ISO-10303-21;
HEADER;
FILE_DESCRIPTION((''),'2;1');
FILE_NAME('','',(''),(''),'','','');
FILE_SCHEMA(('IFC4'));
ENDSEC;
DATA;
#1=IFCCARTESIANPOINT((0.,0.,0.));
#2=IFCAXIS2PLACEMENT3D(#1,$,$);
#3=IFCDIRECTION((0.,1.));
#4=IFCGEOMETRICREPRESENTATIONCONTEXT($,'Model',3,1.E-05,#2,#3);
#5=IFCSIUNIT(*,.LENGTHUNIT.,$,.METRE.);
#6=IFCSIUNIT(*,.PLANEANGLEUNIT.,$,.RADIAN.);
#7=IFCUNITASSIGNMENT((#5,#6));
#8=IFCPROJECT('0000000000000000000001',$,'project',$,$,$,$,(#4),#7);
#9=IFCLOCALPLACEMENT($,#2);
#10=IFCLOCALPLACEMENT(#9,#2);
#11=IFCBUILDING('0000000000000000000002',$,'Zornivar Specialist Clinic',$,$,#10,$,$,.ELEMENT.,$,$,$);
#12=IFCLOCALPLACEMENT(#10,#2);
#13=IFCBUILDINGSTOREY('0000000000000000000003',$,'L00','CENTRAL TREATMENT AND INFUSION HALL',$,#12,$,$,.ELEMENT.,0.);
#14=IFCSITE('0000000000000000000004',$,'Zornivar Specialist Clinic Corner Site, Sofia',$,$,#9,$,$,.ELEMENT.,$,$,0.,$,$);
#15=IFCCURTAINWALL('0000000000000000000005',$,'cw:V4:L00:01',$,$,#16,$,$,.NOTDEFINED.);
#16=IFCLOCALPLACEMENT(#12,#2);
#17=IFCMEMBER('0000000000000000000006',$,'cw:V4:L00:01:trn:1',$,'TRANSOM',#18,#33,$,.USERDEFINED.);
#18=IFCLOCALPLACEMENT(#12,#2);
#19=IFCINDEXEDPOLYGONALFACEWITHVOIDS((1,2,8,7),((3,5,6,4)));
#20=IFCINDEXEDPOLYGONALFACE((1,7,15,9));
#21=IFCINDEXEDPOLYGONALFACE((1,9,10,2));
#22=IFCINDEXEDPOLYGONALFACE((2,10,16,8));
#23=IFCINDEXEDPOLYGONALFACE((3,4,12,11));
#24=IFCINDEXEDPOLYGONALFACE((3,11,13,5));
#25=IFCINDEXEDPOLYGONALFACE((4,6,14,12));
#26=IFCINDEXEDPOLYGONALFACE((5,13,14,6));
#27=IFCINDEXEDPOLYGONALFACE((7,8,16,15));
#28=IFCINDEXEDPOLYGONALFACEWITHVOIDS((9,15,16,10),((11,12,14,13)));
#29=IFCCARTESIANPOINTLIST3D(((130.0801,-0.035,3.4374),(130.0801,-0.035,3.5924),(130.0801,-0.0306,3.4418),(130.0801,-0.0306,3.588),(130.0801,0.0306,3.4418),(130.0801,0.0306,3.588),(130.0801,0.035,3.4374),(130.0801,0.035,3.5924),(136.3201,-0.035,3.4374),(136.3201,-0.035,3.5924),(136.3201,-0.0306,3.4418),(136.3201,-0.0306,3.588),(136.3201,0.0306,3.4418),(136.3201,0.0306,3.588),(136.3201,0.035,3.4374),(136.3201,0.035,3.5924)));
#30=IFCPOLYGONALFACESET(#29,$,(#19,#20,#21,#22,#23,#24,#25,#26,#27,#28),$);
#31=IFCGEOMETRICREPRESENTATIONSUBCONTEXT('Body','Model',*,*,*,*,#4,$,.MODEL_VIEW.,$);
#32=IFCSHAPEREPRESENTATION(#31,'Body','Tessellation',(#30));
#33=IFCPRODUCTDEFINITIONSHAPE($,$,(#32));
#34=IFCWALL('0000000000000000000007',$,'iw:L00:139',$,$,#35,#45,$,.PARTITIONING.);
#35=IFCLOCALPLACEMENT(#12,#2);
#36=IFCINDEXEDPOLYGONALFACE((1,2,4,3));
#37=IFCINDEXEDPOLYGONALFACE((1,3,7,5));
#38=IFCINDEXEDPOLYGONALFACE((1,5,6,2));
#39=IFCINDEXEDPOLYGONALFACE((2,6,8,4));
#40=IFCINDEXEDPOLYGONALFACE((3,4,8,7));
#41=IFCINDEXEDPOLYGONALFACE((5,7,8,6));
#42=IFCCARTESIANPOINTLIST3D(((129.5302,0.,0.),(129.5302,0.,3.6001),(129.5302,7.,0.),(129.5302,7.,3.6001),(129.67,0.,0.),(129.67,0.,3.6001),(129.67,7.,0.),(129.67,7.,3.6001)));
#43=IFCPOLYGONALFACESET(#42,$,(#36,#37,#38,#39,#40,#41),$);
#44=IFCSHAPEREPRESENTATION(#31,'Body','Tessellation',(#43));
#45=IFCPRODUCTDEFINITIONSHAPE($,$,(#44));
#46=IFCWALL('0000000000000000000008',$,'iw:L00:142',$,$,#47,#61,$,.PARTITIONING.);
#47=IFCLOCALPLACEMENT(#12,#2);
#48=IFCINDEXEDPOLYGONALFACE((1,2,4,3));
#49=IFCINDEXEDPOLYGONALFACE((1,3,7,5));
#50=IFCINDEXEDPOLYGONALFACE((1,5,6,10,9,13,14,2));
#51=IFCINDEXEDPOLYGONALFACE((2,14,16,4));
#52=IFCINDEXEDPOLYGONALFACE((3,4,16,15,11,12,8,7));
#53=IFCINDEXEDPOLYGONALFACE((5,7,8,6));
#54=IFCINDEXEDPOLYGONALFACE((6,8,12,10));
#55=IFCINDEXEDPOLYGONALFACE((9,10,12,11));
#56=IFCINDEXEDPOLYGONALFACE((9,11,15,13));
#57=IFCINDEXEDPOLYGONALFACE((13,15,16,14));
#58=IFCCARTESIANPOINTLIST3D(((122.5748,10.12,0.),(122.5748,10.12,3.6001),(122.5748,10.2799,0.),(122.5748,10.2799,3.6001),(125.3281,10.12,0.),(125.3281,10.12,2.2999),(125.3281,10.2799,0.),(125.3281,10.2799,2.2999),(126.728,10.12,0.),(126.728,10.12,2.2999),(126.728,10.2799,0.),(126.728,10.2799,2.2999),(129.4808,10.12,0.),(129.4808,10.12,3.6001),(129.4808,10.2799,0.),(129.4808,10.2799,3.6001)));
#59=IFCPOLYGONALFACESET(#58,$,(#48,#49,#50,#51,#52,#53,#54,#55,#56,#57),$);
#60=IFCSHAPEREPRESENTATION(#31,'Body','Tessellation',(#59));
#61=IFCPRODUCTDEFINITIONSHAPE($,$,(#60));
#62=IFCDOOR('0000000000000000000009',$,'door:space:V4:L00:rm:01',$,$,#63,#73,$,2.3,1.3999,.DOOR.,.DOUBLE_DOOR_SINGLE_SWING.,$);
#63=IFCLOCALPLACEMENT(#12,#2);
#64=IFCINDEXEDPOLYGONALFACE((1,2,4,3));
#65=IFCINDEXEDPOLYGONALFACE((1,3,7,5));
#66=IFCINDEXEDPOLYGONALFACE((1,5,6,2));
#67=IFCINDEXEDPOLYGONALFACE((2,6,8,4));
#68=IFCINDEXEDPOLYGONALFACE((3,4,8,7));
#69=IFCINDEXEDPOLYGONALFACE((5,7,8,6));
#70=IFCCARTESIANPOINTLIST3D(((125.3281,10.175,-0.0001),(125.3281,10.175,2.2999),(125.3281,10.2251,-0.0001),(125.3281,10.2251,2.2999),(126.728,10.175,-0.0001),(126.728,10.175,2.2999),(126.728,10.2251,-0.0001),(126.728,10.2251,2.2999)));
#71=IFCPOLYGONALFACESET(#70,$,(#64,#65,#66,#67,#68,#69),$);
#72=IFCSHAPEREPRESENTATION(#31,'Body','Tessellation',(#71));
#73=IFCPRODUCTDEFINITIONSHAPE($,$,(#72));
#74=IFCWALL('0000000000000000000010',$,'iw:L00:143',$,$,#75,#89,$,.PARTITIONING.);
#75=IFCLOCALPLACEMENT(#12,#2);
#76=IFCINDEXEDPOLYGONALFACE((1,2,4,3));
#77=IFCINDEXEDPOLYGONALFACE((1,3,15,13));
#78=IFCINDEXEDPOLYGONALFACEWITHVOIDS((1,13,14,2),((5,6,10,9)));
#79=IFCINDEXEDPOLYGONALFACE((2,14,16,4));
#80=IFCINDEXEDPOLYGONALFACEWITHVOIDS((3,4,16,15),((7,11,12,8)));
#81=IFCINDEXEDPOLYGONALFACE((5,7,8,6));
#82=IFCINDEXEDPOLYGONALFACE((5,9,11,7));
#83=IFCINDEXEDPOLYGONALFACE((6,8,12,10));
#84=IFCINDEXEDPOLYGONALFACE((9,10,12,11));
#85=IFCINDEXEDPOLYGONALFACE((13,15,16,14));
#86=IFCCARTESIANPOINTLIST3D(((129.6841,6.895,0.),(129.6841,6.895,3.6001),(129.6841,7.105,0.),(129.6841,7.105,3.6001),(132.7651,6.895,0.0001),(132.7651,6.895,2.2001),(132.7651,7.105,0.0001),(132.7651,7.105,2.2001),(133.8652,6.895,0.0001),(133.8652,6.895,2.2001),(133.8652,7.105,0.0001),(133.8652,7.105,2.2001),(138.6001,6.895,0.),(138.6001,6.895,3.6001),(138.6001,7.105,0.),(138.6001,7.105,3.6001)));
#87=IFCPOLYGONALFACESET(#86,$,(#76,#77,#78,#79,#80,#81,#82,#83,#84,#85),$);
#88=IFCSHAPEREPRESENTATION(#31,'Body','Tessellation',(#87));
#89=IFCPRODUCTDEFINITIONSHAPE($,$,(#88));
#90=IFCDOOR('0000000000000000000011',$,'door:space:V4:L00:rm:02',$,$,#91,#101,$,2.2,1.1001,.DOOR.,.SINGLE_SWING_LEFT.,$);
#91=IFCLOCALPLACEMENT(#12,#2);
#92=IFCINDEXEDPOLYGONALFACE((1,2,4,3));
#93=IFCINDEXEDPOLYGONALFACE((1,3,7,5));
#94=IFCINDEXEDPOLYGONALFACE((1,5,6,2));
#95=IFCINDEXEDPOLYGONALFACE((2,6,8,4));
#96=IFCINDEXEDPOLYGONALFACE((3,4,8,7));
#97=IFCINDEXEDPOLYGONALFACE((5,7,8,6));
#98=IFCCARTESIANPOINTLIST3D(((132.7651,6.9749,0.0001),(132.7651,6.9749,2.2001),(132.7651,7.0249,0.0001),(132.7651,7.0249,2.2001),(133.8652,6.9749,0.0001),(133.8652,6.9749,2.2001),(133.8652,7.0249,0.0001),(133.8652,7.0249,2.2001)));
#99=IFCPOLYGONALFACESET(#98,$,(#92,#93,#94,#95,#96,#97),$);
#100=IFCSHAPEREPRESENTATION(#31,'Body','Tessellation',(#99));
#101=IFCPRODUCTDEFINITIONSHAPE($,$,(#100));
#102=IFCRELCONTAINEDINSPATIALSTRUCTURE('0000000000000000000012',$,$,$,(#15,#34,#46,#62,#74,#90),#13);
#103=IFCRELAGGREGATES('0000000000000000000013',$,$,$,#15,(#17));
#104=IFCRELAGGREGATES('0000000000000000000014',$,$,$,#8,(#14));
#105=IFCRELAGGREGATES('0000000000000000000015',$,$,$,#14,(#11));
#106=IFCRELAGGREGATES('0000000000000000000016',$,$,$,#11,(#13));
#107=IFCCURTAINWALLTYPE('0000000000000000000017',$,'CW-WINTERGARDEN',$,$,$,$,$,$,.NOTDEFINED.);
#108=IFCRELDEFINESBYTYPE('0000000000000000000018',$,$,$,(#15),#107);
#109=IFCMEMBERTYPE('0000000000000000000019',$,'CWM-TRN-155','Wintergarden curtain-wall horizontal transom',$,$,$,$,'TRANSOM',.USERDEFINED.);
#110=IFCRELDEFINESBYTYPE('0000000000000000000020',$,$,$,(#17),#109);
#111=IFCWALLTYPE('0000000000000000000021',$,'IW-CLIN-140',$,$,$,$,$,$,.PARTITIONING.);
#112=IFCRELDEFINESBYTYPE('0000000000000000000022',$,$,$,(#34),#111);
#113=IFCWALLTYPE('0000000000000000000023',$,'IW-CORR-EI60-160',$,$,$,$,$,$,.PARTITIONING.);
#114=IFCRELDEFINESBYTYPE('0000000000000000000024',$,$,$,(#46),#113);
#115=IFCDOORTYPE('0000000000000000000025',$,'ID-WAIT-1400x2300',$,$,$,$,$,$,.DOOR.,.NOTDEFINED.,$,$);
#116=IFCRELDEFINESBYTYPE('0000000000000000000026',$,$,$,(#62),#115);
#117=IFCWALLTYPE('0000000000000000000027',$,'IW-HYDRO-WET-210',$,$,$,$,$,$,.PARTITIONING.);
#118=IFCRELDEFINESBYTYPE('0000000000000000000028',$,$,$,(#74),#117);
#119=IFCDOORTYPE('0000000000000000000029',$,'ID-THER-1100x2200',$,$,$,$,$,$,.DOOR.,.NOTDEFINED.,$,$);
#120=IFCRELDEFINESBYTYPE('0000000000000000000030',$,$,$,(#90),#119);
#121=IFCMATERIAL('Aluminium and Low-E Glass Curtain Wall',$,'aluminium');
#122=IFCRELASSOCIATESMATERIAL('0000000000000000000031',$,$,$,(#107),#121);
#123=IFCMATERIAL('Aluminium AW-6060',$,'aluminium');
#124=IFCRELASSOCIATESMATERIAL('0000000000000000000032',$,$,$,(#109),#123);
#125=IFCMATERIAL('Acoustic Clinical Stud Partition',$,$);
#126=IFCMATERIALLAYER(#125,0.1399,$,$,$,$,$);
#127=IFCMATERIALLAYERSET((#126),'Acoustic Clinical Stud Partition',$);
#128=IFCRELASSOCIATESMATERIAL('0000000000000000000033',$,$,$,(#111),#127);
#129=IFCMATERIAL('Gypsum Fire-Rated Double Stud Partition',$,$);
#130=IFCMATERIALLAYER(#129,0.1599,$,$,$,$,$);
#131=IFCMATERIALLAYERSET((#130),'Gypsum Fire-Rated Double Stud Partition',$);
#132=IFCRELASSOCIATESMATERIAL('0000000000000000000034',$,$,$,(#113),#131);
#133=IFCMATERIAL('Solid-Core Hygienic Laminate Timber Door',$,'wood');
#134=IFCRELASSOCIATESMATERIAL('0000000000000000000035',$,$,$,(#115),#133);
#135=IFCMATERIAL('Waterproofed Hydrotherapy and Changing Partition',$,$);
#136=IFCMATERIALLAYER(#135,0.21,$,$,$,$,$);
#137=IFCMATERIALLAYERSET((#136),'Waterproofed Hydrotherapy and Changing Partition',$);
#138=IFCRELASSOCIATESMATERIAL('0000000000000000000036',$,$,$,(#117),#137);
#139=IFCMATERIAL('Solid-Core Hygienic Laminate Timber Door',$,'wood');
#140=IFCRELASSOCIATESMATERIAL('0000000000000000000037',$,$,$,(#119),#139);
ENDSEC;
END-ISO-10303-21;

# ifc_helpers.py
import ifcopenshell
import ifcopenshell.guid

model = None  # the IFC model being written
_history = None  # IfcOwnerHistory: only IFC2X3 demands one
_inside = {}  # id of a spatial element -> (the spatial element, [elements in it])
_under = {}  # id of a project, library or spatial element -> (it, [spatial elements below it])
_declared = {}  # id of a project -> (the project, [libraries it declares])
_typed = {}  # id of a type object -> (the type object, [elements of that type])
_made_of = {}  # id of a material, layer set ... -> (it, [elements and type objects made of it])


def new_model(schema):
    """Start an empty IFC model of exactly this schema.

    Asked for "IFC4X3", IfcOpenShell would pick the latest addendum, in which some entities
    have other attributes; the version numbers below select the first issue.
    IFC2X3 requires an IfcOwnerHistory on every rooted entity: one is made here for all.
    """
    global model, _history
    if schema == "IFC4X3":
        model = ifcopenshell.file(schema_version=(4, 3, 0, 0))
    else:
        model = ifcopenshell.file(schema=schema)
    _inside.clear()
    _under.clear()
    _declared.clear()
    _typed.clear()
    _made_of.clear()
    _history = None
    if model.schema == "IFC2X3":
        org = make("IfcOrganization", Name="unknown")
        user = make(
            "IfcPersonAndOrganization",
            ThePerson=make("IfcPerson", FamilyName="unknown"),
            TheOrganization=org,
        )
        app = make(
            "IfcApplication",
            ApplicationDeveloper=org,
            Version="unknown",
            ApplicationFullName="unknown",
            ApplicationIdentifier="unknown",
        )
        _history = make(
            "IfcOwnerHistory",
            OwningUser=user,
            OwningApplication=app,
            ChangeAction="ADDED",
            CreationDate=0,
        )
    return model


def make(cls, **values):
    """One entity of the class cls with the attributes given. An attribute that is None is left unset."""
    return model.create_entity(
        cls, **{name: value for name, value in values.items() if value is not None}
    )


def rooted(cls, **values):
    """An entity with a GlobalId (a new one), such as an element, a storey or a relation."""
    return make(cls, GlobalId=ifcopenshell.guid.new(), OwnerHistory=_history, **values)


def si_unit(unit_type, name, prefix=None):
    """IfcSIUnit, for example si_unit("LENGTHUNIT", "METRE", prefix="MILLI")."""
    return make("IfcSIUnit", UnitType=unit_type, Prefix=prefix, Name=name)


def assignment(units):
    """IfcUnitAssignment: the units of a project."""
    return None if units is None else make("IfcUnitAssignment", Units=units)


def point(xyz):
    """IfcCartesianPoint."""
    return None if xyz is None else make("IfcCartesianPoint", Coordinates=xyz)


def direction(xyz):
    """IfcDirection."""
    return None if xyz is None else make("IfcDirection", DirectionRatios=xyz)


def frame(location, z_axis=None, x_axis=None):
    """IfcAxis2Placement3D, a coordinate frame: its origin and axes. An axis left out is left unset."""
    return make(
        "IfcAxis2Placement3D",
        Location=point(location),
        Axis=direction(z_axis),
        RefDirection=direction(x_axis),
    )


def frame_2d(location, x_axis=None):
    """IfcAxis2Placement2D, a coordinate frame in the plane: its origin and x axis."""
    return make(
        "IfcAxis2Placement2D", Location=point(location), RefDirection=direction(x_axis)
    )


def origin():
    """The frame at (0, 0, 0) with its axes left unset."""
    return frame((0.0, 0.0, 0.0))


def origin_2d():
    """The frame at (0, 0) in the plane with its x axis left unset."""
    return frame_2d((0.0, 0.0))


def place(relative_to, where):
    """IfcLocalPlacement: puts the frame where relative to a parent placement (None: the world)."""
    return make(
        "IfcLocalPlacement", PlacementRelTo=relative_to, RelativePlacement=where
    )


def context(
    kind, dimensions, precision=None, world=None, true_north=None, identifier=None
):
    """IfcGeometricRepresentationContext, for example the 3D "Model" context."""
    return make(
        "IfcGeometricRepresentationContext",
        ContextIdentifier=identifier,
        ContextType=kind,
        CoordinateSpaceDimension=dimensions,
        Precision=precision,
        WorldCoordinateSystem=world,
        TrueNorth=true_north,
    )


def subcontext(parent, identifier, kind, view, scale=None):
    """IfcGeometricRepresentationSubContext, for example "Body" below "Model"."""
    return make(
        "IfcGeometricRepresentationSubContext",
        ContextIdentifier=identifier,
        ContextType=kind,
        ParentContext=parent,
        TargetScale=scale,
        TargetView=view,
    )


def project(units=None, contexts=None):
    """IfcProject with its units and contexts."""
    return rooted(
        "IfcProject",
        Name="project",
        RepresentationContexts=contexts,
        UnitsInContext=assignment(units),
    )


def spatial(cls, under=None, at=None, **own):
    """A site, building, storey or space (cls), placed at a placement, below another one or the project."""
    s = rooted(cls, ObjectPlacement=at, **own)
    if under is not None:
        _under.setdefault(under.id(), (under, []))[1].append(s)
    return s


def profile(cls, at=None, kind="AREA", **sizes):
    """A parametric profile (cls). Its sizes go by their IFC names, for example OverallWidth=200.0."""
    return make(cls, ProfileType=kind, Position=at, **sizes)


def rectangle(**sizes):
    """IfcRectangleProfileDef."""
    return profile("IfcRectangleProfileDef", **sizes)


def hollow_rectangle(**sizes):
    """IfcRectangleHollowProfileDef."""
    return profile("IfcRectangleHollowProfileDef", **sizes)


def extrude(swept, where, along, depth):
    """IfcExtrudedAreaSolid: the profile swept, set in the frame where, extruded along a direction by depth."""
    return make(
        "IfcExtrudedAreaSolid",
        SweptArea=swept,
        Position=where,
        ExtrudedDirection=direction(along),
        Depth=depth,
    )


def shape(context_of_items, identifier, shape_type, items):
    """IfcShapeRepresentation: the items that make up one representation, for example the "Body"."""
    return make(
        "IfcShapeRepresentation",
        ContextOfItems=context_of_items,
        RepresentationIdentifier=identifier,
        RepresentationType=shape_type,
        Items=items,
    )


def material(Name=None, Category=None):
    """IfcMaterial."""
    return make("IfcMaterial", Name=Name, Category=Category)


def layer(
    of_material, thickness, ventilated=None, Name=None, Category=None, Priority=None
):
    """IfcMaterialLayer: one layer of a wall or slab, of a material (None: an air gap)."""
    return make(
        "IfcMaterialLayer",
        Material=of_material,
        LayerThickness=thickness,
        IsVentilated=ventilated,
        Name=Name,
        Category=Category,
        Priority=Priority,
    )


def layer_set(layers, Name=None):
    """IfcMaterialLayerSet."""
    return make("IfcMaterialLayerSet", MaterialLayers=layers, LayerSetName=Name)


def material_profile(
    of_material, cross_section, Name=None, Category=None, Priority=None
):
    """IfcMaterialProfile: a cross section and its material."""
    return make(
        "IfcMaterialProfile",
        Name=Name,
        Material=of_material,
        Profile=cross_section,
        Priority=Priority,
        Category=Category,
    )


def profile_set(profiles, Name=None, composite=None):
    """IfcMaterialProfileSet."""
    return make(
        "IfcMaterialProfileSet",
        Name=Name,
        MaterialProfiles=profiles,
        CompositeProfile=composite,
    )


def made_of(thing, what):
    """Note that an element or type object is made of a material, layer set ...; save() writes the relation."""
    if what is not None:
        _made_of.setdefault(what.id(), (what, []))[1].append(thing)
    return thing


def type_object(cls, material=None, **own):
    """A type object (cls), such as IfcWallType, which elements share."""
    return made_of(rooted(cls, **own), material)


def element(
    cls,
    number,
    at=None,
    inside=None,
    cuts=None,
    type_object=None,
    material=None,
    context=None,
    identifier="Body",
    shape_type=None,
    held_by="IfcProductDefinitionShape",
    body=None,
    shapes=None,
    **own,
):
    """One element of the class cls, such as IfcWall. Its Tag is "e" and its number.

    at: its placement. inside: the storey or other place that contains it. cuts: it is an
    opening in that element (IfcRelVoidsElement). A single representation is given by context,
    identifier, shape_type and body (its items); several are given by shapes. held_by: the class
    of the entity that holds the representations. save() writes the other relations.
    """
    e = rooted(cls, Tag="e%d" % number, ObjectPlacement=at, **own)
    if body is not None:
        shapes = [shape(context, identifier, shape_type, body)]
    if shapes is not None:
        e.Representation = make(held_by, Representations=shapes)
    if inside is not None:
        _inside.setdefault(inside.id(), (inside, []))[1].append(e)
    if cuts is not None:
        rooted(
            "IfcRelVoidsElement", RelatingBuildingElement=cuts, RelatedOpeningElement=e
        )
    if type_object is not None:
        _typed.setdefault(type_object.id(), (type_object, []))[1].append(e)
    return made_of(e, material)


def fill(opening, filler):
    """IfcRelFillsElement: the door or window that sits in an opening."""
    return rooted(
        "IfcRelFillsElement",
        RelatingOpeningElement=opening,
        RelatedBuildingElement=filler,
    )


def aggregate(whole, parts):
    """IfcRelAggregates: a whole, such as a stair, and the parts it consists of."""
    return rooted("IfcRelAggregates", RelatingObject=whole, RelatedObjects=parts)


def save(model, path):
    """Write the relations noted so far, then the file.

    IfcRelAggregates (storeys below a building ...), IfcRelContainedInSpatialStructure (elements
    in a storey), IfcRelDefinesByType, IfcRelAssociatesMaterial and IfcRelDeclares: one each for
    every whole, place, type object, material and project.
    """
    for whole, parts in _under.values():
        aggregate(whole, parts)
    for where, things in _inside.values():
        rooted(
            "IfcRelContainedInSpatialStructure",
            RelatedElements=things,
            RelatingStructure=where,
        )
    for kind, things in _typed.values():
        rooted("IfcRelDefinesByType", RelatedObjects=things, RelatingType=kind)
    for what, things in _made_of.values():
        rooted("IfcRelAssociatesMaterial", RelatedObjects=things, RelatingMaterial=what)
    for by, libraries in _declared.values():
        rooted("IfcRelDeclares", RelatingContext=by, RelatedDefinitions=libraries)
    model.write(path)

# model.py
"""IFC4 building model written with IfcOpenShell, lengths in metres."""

from ifc_helpers import new_model, si_unit, direction, frame, frame_2d, origin, origin_2d, place, context, subcontext, project, spatial, rectangle, hollow_rectangle, extrude, material, layer, layer_set, material_profile, profile_set, type_object, element, fill, aggregate, save


model = new_model("IFC4")

# Units and contexts
model_context = context("Model", 3, precision=1e-05, world=origin(), true_north=direction((0.0, 1.0)))
body_context = subcontext(model_context, "Body", "Model", "MODEL_VIEW")
ifc_project = project(units=[si_unit("LENGTHUNIT", "METRE"), si_unit("PLANEANGLEUNIT", "RADIAN")], contexts=[model_context])

# Site, building, storey
site_placement = place(None, origin())
site = spatial("IfcSite", under=ifc_project, at=site_placement, Name="Zornivar Specialist Clinic Corner Site, Sofia", CompositionType="ELEMENT", RefElevation=0.0)
building_placement = place(site_placement, origin())
building = spatial("IfcBuilding", under=site, at=building_placement, Name="Zornivar Specialist Clinic", CompositionType="ELEMENT")
storey_placement = place(building_placement, origin())
storey = spatial("IfcBuildingStorey", under=building, at=storey_placement, Name="L00", Description="CENTRAL TREATMENT AND INFUSION HALL", CompositionType="ELEMENT", Elevation=0.0)

# Curtain wall, member
ifc_material_1 = material(Name="Aluminium and Low-E Glass Curtain Wall", Category="aluminium")
curtain_wall_type = type_object("IfcCurtainWallType", Name="CW-WINTERGARDEN", PredefinedType="NOTDEFINED", material=ifc_material_1)
curtain_wall_placement = place(storey_placement, origin())
curtain_wall = element("IfcCurtainWall", 1, at=curtain_wall_placement, inside=storey, type_object=curtain_wall_type, Name="cw:V4:L00:01", PredefinedType="NOTDEFINED")
ifc_material_2 = material(Name="Aluminium AW-6060", Category="aluminium")
ifc_material_profile_1 = material_profile(ifc_material_2, hollow_rectangle(XDim=0.0701, YDim=0.155, WallThickness=0.0044, at=origin_2d()), Name="ALU 70x155x4.5")
ifc_profile_set_1 = profile_set([ifc_material_profile_1], Name="Aluminium AW-6060")
member_type = type_object("IfcMemberType", Name="CWM-TRN-155", Description="Wintergarden curtain-wall horizontal transom", ElementType="TRANSOM", PredefinedType="USERDEFINED", material=ifc_profile_set_1)
member_placement = place(storey_placement, frame((130.0801, 0.0, 3.5149), z_axis=(1.0, 0.0, 0.0), x_axis=(0.0, 1.0, 0.0)))
member = element("IfcMember", 2, at=member_placement, type_object=member_type, Name="cw:V4:L00:01:trn:1", ObjectType="TRANSOM", PredefinedType="USERDEFINED", context=body_context, shape_type="SweptSolid", body=[
    extrude(hollow_rectangle(XDim=0.0701, YDim=0.155, WallThickness=0.0044, at=origin_2d()), origin(), (0.0, 0.0, 1.0), 6.24),
])
aggregate(curtain_wall, [member])

# Wall
ifc_material_3 = material(Name="Acoustic Clinical Stud Partition")
ifc_layer_1 = layer(ifc_material_3, 0.1399)
ifc_layer_set_1 = layer_set([ifc_layer_1], Name="Acoustic Clinical Stud Partition")
wall_type_1 = type_object("IfcWallType", Name="IW-CLIN-140", PredefinedType="PARTITIONING", material=ifc_layer_set_1)
wall_1_placement = place(storey_placement, frame((129.6001, 7.0, 0.0), z_axis=(0.0, 0.0, 1.0), x_axis=(0.0, -1.0, 0.0)))
element("IfcWall", 3, at=wall_1_placement, inside=storey, type_object=wall_type_1, Name="iw:L00:139", PredefinedType="PARTITIONING", context=body_context, shape_type="SweptSolid", body=[
    extrude(rectangle(XDim=7.0, YDim=0.1399, at=frame_2d((3.5, 0.0))), origin(), (0.0, 0.0, 1.0), 3.6001),
])

# Walls, openings, doors
ifc_material_4 = material(Name="Gypsum Fire-Rated Double Stud Partition")
ifc_layer_2 = layer(ifc_material_4, 0.1599)
ifc_layer_set_2 = layer_set([ifc_layer_2], Name="Gypsum Fire-Rated Double Stud Partition")
wall_type_2 = type_object("IfcWallType", Name="IW-CORR-EI60-160", PredefinedType="PARTITIONING", material=ifc_layer_set_2)
wall_2_placement = place(storey_placement, frame((129.481, 10.2, 0.0), z_axis=(0.0, 0.0, 1.0), x_axis=(-1.0, 0.0, 0.0)))
wall_2 = element("IfcWall", 4, at=wall_2_placement, inside=storey, type_object=wall_type_2, Name="iw:L00:142", PredefinedType="PARTITIONING", context=body_context, shape_type="SweptSolid", body=[
    extrude(rectangle(XDim=6.906, YDim=0.1599, at=frame_2d((3.4531, 0.0))), origin(), (0.0, 0.0, 1.0), 3.6001),
])
opening_1_placement = place(wall_2_placement, frame((2.7529, 0.0, 0.0)))
opening_1 = element("IfcOpeningElement", 5, at=opening_1_placement, cuts=wall_2, PredefinedType="OPENING", context=body_context, shape_type="SweptSolid", body=[
    extrude(rectangle(XDim=1.3999, YDim=2.3, at=frame_2d((0.7, 1.1499))), frame((0.0, 0.0898, 0.0), z_axis=(0.0, -1.0, 0.0), x_axis=(1.0, 0.0, 0.0)), (0.0, 0.0, 1.0), 0.1799),
])
ifc_material_5 = material(Name="Solid-Core Hygienic Laminate Timber Door", Category="wood")
door_type_1 = type_object("IfcDoorType", Name="ID-WAIT-1400x2300", OperationType="NOTDEFINED", PredefinedType="DOOR", material=ifc_material_5)
door_1_placement = place(opening_1_placement, origin())
door_1 = element("IfcDoor", 6, at=door_1_placement, inside=storey, type_object=door_type_1, Name="door:space:V4:L00:rm:01", OperationType="DOUBLE_DOOR_SINGLE_SWING", OverallHeight=2.3, OverallWidth=1.3999, PredefinedType="DOOR", context=body_context, shape_type="SweptSolid", body=[
    extrude(rectangle(XDim=1.3999, YDim=2.3, at=frame_2d((0.7, 1.1499))), frame((0.0, 0.0249, 0.0), z_axis=(0.0, -1.0, 0.0), x_axis=(1.0, 0.0, 0.0)), (0.0, 0.0, 1.0), 0.05),
])
fill(opening_1, door_1)
ifc_material_6 = material(Name="Waterproofed Hydrotherapy and Changing Partition")
ifc_layer_3 = layer(ifc_material_6, 0.21)
ifc_layer_set_3 = layer_set([ifc_layer_3], Name="Waterproofed Hydrotherapy and Changing Partition")
wall_type_3 = type_object("IfcWallType", Name="IW-HYDRO-WET-210", PredefinedType="PARTITIONING", material=ifc_layer_set_3)
wall_3_placement = place(storey_placement, frame((129.6841, 7.0, 0.0), z_axis=(0.0, 0.0, 1.0), x_axis=(1.0, 0.0, 0.0)))
wall_3 = element("IfcWall", 7, at=wall_3_placement, inside=storey, type_object=wall_type_3, Name="iw:L00:143", PredefinedType="PARTITIONING", context=body_context, shape_type="SweptSolid", body=[
    extrude(rectangle(XDim=8.916, YDim=0.21, at=frame_2d((4.458, 0.0))), origin(), (0.0, 0.0, 1.0), 3.6001),
])
opening_2_placement = place(wall_3_placement, frame((3.0811, 0.0, 0.0)))
opening_2 = element("IfcOpeningElement", 8, at=opening_2_placement, cuts=wall_3, PredefinedType="OPENING", context=body_context, shape_type="SweptSolid", body=[
    extrude(rectangle(XDim=1.1001, YDim=2.2, at=frame_2d((0.55, 1.1001))), frame((0.0, 0.115, 0.0), z_axis=(0.0, -1.0, 0.0), x_axis=(1.0, 0.0, 0.0)), (0.0, 0.0, 1.0), 0.23),
])
ifc_material_7 = material(Name="Solid-Core Hygienic Laminate Timber Door", Category="wood")
door_type_2 = type_object("IfcDoorType", Name="ID-THER-1100x2200", OperationType="NOTDEFINED", PredefinedType="DOOR", material=ifc_material_7)
door_2_placement = place(opening_2_placement, origin())
door_2 = element("IfcDoor", 9, at=door_2_placement, inside=storey, type_object=door_type_2, Name="door:space:V4:L00:rm:02", OperationType="SINGLE_SWING_LEFT", OverallHeight=2.2, OverallWidth=1.1001, PredefinedType="DOOR", context=body_context, shape_type="SweptSolid", body=[
    extrude(rectangle(XDim=1.1001, YDim=2.2, at=frame_2d((0.55, 1.1001))), frame((0.0, 0.0249, 0.0), z_axis=(0.0, -1.0, 0.0), x_axis=(1.0, 0.0, 0.0)), (0.0, 0.0, 1.0), 0.05),
])
fill(opening_2, door_2)

save(model, "model.ifc")
